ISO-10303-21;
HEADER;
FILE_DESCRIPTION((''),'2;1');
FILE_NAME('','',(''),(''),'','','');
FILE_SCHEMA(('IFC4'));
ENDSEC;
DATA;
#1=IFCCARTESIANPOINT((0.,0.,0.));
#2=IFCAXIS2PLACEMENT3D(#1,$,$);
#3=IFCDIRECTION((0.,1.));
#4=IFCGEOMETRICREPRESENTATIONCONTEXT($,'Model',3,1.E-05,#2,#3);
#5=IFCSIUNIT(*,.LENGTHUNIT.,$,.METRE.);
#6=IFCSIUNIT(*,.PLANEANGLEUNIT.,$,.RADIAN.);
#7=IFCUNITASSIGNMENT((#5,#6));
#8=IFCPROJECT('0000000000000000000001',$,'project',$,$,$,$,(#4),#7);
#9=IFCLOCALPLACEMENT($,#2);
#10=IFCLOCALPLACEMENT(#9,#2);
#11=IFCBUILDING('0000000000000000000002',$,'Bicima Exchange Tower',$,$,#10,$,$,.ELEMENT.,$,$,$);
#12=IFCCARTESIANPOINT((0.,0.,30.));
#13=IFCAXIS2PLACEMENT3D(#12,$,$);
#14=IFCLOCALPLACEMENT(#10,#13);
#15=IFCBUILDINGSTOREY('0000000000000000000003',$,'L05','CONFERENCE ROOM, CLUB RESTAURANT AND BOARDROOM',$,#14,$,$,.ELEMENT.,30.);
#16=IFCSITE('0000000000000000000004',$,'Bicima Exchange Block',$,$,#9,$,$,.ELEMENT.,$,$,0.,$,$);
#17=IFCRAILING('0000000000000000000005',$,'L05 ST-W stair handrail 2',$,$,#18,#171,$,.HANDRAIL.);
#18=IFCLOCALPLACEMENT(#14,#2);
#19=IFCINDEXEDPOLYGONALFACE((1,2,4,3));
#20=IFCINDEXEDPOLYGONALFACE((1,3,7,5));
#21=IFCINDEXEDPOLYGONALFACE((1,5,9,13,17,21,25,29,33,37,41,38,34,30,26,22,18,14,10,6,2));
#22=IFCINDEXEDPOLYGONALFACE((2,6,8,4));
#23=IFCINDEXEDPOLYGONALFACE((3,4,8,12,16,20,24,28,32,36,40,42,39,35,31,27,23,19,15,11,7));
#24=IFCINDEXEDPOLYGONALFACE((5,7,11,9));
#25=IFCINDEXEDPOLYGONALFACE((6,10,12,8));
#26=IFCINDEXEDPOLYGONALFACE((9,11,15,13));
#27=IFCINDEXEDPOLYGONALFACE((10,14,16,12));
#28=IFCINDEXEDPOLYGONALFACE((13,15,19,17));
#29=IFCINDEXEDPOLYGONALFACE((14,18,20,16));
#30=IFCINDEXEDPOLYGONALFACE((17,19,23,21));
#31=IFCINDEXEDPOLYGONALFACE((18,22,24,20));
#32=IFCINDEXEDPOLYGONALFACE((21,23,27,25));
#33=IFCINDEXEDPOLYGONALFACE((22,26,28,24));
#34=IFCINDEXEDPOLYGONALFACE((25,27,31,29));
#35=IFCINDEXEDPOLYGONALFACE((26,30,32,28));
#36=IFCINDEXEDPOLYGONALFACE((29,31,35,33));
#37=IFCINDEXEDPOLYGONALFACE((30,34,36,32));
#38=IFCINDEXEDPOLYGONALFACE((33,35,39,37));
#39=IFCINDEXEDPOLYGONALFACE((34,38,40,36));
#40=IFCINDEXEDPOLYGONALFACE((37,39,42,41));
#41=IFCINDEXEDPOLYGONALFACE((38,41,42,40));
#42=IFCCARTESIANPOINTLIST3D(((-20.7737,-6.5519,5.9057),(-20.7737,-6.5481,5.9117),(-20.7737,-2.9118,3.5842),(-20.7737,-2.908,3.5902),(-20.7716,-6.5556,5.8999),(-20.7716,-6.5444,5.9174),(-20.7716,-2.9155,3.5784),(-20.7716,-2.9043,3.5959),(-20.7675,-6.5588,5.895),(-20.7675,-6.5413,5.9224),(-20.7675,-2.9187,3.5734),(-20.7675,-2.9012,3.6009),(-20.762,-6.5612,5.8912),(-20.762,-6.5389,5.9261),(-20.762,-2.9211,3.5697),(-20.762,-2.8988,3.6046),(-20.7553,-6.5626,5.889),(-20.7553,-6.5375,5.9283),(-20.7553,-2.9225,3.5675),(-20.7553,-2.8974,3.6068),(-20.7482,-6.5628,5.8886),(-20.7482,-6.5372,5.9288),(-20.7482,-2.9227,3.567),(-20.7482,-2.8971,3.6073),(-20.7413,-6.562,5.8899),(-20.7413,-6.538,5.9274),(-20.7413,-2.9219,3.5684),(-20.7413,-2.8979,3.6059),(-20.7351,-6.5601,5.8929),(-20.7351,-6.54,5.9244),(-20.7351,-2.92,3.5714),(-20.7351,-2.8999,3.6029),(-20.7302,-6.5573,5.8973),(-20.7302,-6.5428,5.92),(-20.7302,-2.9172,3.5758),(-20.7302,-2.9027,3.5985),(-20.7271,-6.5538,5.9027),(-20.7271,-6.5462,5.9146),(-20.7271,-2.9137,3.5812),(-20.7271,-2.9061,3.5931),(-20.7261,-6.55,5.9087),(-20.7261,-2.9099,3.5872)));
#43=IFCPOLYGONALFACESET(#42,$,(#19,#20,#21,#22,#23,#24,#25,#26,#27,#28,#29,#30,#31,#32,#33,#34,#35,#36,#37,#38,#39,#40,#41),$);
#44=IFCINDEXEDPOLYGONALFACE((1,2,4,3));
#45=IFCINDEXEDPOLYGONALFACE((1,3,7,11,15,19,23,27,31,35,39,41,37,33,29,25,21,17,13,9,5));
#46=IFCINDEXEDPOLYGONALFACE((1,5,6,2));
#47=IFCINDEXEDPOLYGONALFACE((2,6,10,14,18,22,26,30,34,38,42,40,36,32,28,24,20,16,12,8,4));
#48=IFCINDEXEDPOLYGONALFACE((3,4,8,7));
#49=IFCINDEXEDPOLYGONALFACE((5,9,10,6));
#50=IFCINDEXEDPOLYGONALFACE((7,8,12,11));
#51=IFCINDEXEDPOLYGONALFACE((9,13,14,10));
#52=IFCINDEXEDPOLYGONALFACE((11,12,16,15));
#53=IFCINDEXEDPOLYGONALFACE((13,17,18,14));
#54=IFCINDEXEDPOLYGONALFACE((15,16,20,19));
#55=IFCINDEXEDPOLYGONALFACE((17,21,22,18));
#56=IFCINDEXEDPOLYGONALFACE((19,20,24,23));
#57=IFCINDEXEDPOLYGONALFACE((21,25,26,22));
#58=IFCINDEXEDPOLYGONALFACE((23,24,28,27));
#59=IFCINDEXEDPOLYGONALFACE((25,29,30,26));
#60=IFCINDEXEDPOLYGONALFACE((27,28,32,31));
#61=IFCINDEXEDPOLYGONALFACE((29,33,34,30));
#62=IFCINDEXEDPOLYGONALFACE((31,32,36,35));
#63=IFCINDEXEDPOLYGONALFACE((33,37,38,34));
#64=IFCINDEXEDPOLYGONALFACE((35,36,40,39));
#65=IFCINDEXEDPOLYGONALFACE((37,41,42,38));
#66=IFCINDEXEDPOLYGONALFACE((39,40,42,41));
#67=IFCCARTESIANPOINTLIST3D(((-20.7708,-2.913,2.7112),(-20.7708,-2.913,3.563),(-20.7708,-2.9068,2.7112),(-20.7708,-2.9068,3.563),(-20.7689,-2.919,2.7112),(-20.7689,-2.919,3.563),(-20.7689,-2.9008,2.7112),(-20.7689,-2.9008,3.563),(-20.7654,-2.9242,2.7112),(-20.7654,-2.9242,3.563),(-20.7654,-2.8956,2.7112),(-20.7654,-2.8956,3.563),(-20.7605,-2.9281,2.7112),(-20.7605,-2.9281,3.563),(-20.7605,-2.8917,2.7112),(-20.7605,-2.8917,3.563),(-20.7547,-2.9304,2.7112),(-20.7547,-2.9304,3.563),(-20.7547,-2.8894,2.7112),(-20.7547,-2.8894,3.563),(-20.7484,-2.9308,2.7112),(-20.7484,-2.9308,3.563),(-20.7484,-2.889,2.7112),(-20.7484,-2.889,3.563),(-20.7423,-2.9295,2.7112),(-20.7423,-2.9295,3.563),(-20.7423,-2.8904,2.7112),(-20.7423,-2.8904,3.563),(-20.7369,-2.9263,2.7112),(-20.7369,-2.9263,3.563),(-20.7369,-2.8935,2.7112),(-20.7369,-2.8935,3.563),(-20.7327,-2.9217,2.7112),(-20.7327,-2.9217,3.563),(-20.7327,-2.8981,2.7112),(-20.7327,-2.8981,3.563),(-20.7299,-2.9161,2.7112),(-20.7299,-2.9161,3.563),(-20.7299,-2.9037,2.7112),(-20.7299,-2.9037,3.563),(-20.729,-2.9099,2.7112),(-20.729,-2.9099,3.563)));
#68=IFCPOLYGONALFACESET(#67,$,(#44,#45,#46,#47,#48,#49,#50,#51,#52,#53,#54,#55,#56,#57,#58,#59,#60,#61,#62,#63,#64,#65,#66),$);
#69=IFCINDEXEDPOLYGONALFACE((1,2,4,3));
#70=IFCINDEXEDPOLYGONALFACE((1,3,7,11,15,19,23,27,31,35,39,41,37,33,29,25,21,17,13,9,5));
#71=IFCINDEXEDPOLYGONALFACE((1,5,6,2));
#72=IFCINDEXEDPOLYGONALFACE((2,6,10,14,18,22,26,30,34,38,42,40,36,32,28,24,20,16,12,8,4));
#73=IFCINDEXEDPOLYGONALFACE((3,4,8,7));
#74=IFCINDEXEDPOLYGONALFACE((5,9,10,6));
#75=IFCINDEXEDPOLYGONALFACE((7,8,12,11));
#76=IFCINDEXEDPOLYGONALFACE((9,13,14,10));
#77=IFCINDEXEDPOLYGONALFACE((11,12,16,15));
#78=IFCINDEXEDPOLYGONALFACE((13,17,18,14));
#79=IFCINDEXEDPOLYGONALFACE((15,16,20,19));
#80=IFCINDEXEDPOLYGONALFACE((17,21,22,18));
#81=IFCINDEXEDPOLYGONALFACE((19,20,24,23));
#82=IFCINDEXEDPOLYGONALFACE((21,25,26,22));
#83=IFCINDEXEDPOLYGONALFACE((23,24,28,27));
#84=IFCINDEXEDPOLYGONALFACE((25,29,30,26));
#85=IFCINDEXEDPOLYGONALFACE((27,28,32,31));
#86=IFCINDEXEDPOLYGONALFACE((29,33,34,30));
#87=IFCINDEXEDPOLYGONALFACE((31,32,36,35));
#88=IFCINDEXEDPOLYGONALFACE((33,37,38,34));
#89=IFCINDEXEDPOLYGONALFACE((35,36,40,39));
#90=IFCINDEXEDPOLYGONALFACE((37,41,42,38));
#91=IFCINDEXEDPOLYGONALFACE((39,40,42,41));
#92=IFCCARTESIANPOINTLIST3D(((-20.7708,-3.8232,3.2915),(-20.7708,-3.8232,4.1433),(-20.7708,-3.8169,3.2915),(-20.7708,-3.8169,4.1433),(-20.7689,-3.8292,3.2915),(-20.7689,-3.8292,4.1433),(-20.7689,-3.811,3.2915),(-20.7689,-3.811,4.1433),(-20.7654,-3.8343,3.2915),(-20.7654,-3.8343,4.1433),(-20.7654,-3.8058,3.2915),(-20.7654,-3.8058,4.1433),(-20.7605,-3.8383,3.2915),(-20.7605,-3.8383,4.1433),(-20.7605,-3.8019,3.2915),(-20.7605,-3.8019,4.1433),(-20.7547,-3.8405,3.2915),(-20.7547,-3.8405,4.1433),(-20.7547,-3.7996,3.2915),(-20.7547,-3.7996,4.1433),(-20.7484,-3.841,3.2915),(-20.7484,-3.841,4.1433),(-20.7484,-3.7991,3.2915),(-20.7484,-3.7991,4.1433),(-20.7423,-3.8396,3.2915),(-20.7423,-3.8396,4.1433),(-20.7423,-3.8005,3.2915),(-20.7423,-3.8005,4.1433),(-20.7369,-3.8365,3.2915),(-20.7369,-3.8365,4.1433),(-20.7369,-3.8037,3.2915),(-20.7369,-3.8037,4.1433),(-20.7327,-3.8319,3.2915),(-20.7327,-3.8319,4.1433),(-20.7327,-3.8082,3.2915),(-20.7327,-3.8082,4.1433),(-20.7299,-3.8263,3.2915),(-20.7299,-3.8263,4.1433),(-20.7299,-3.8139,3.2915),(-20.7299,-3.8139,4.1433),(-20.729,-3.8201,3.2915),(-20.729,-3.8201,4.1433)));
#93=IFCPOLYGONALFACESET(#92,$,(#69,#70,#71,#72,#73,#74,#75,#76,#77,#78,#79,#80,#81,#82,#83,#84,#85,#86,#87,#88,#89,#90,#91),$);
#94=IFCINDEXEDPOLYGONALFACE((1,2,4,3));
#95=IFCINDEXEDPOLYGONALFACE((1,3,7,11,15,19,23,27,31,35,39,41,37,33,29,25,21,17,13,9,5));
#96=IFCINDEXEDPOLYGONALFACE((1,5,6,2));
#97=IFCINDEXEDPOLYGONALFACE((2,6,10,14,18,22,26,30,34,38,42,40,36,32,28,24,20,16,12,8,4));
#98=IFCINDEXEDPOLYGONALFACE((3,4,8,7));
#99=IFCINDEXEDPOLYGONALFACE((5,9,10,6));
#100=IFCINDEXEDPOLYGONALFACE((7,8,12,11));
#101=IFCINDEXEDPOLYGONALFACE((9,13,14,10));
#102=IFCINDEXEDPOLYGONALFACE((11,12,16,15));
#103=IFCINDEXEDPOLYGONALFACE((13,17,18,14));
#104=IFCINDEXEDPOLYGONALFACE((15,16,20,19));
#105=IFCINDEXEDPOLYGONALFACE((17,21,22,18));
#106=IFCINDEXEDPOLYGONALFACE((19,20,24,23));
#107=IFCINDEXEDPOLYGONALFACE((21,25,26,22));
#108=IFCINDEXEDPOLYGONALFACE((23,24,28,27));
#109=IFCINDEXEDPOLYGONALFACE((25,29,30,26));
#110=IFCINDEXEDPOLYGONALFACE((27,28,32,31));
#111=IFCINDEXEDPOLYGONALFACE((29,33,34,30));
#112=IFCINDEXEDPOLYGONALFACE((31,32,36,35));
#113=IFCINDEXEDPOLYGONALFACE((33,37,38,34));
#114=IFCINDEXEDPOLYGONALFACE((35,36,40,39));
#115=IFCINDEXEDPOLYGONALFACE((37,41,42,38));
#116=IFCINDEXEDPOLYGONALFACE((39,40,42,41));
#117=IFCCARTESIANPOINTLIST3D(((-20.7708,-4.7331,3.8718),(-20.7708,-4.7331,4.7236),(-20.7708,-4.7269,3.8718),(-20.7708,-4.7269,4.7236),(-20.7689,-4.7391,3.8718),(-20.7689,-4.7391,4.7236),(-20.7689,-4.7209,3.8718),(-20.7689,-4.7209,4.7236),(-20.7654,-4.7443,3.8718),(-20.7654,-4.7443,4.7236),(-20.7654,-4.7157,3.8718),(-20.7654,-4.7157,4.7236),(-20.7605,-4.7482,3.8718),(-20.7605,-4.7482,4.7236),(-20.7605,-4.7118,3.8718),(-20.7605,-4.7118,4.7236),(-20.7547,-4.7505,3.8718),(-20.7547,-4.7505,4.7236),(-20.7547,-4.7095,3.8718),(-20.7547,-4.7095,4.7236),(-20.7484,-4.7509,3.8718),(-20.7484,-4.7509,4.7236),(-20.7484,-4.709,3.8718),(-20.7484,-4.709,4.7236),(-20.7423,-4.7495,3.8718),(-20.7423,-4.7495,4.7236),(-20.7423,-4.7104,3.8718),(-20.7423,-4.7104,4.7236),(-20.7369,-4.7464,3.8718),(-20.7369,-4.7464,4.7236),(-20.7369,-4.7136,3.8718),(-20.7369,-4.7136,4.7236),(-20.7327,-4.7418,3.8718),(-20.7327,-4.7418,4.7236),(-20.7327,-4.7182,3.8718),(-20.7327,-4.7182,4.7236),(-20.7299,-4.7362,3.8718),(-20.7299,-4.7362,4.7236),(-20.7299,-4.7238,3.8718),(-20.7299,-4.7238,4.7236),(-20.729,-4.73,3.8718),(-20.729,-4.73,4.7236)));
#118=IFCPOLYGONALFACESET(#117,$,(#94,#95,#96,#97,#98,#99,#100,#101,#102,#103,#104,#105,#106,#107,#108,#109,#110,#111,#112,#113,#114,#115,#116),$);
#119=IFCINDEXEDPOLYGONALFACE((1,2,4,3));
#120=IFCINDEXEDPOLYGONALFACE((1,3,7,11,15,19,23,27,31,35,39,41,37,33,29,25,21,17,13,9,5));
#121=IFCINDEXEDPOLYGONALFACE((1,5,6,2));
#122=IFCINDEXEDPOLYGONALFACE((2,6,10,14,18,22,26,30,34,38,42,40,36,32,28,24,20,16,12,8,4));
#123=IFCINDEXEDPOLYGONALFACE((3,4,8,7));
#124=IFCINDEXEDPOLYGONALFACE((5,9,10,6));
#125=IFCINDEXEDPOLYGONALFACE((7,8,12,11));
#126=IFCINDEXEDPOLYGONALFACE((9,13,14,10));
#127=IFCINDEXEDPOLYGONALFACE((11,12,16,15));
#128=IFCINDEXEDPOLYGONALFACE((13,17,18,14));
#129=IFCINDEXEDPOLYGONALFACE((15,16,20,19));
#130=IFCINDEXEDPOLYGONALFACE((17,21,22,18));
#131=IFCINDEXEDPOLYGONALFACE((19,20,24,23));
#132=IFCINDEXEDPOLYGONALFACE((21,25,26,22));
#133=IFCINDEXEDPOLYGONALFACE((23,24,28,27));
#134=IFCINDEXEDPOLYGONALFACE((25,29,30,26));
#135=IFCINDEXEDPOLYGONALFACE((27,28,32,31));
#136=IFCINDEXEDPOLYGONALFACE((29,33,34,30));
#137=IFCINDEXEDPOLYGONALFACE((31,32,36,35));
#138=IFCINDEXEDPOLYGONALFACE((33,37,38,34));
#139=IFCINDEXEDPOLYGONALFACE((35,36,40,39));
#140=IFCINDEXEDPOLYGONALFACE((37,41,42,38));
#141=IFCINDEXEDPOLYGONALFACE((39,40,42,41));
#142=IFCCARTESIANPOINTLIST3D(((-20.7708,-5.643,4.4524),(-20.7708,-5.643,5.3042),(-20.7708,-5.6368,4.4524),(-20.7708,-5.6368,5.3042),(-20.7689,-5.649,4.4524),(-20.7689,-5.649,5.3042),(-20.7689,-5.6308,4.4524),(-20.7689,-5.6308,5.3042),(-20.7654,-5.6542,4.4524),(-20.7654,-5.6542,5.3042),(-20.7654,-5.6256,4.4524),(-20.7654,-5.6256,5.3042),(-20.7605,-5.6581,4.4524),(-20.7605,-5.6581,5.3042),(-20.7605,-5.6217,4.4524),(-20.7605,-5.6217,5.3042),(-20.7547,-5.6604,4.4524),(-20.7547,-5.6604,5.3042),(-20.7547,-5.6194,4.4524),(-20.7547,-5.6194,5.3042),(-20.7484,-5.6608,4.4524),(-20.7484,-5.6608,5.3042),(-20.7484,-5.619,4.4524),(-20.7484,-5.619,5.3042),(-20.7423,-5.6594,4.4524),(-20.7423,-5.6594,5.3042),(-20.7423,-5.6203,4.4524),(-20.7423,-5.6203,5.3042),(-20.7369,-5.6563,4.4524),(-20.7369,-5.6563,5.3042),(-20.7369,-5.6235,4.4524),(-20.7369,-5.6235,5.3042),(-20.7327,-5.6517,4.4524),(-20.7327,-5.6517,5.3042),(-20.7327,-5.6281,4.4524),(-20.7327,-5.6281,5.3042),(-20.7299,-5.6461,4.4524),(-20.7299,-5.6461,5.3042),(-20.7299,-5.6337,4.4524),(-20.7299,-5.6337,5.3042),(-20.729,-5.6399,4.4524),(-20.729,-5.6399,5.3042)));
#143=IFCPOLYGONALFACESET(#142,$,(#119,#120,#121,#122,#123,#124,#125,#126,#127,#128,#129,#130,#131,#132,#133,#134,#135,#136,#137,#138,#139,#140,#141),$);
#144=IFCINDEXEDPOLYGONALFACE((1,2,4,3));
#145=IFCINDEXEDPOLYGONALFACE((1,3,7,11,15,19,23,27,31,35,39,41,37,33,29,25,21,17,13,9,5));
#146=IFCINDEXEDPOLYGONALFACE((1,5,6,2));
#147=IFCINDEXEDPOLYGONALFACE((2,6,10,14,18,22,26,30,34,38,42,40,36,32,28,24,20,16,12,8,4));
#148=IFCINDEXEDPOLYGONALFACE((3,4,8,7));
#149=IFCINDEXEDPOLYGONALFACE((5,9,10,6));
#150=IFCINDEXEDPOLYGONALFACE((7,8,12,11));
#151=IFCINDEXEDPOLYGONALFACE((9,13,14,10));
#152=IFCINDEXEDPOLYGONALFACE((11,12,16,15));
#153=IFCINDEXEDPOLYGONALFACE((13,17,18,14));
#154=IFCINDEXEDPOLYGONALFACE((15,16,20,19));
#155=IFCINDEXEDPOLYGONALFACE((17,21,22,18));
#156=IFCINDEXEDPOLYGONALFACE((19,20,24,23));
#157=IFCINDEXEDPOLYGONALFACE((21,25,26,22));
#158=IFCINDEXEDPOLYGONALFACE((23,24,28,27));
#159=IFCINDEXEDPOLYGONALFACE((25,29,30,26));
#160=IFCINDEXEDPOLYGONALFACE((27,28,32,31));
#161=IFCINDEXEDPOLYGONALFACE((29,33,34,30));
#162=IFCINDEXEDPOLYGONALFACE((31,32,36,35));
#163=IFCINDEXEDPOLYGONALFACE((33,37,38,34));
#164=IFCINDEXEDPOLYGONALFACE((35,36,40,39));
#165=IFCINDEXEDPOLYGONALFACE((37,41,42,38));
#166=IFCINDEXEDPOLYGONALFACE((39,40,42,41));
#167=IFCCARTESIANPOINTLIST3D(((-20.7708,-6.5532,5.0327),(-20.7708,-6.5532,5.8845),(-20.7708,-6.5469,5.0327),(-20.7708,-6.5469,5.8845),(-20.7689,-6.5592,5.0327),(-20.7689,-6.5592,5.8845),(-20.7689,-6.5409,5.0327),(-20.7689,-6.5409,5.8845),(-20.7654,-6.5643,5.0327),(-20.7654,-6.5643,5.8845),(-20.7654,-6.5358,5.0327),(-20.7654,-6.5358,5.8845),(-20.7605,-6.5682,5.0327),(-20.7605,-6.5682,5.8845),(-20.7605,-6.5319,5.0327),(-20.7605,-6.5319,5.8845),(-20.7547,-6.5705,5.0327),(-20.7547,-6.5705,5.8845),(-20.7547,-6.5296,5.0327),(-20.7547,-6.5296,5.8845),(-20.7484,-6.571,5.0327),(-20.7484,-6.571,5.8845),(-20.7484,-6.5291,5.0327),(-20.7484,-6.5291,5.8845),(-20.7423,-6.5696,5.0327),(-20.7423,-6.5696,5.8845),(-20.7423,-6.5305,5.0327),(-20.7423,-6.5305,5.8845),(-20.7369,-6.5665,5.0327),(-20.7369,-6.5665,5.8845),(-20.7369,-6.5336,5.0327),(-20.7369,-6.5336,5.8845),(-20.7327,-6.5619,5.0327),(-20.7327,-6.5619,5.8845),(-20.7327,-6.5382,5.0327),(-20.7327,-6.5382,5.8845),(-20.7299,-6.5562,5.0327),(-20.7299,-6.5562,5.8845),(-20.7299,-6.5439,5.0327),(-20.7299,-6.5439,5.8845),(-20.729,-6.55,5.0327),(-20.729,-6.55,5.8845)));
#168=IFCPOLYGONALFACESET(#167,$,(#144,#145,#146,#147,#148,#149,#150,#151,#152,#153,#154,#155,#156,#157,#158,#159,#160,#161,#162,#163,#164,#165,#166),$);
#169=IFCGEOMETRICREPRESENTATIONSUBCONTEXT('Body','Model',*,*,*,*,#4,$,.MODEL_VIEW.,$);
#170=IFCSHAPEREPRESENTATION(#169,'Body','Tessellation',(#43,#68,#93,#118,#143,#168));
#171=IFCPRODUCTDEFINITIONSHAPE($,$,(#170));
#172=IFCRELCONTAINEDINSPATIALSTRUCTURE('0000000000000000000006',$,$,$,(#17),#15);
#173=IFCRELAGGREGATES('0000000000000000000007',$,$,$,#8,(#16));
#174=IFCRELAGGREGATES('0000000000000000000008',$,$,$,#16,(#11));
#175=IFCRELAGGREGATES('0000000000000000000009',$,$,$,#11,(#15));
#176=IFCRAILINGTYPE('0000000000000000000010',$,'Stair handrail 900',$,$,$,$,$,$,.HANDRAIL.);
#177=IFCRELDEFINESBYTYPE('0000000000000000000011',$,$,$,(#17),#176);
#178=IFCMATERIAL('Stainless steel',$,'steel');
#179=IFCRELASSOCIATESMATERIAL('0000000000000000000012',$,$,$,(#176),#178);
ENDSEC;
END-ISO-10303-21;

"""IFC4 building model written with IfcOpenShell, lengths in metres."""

from ifc_helpers import new_model, si_unit, direction, frame, origin, origin_2d, place, context, subcontext, project, spatial, circle, extrude, material, type_object, element, save


model = new_model("IFC4")

# Units and contexts
model_context = context("Model", 3, precision=1e-05, world=origin(), true_north=direction((0.0, 1.0)))
body_context = subcontext(model_context, "Body", "Model", "MODEL_VIEW")
ifc_project = project(units=[si_unit("LENGTHUNIT", "METRE"), si_unit("PLANEANGLEUNIT", "RADIAN")], contexts=[model_context])

# Site, building, storey
site_placement = place(None, origin())
site = spatial("IfcSite", under=ifc_project, at=site_placement, Name="Bicima Exchange Block", CompositionType="ELEMENT", RefElevation=0.0)
building_placement = place(site_placement, origin())
building = spatial("IfcBuilding", under=site, at=building_placement, Name="Bicima Exchange Tower", CompositionType="ELEMENT")
storey_placement = place(building_placement, frame((0.0, 0.0, 30.0)))
storey = spatial("IfcBuildingStorey", under=building, at=storey_placement, Name="L05", Description="CONFERENCE ROOM, CLUB RESTAURANT AND BOARDROOM", CompositionType="ELEMENT", Elevation=30.0)

# Shared definitions
ifc_material_1 = material(Name="Stainless steel", Category="steel")

# Railing
railing_type_1 = type_object("IfcRailingType", Name="Stair handrail 900", PredefinedType="HANDRAIL", material=ifc_material_1)
railing_1_placement = place(storey_placement, frame((-20.75, -2.9099, 2.7112)))
element("IfcRailing", 1, at=railing_1_placement, inside=storey, type_object=railing_type_1, Name="L05 ST-W stair handrail 2", PredefinedType="HANDRAIL", context=body_context, shape_type="SweptSolid", body=[
    extrude(circle(Radius=0.0239, at=origin_2d()), frame((0.0, 0.0, 0.876), z_axis=(0.0, -0.843128, 0.537713), x_axis=(1.0, 0.0, 0.0)), (0.0, 0.0, 1.0), 4.3174),
    extrude(circle(Radius=0.021, at=origin_2d()), origin(), (0.0, 0.0, 1.0), 0.8518),
    extrude(circle(Radius=0.021, at=origin_2d()), frame((0.0, -0.9102, 0.5803)), (0.0, 0.0, 1.0), 0.8518),
    extrude(circle(Radius=0.021, at=origin_2d()), frame((0.0, -1.8201, 1.1606)), (0.0, 0.0, 1.0), 0.8518),
    extrude(circle(Radius=0.021, at=origin_2d()), frame((0.0, -2.73, 1.7412)), (0.0, 0.0, 1.0), 0.8518),
    extrude(circle(Radius=0.021, at=origin_2d()), frame((0.0, -3.6401, 2.3215)), (0.0, 0.0, 1.0), 0.8518),
])

save(model, "model.ifc")
